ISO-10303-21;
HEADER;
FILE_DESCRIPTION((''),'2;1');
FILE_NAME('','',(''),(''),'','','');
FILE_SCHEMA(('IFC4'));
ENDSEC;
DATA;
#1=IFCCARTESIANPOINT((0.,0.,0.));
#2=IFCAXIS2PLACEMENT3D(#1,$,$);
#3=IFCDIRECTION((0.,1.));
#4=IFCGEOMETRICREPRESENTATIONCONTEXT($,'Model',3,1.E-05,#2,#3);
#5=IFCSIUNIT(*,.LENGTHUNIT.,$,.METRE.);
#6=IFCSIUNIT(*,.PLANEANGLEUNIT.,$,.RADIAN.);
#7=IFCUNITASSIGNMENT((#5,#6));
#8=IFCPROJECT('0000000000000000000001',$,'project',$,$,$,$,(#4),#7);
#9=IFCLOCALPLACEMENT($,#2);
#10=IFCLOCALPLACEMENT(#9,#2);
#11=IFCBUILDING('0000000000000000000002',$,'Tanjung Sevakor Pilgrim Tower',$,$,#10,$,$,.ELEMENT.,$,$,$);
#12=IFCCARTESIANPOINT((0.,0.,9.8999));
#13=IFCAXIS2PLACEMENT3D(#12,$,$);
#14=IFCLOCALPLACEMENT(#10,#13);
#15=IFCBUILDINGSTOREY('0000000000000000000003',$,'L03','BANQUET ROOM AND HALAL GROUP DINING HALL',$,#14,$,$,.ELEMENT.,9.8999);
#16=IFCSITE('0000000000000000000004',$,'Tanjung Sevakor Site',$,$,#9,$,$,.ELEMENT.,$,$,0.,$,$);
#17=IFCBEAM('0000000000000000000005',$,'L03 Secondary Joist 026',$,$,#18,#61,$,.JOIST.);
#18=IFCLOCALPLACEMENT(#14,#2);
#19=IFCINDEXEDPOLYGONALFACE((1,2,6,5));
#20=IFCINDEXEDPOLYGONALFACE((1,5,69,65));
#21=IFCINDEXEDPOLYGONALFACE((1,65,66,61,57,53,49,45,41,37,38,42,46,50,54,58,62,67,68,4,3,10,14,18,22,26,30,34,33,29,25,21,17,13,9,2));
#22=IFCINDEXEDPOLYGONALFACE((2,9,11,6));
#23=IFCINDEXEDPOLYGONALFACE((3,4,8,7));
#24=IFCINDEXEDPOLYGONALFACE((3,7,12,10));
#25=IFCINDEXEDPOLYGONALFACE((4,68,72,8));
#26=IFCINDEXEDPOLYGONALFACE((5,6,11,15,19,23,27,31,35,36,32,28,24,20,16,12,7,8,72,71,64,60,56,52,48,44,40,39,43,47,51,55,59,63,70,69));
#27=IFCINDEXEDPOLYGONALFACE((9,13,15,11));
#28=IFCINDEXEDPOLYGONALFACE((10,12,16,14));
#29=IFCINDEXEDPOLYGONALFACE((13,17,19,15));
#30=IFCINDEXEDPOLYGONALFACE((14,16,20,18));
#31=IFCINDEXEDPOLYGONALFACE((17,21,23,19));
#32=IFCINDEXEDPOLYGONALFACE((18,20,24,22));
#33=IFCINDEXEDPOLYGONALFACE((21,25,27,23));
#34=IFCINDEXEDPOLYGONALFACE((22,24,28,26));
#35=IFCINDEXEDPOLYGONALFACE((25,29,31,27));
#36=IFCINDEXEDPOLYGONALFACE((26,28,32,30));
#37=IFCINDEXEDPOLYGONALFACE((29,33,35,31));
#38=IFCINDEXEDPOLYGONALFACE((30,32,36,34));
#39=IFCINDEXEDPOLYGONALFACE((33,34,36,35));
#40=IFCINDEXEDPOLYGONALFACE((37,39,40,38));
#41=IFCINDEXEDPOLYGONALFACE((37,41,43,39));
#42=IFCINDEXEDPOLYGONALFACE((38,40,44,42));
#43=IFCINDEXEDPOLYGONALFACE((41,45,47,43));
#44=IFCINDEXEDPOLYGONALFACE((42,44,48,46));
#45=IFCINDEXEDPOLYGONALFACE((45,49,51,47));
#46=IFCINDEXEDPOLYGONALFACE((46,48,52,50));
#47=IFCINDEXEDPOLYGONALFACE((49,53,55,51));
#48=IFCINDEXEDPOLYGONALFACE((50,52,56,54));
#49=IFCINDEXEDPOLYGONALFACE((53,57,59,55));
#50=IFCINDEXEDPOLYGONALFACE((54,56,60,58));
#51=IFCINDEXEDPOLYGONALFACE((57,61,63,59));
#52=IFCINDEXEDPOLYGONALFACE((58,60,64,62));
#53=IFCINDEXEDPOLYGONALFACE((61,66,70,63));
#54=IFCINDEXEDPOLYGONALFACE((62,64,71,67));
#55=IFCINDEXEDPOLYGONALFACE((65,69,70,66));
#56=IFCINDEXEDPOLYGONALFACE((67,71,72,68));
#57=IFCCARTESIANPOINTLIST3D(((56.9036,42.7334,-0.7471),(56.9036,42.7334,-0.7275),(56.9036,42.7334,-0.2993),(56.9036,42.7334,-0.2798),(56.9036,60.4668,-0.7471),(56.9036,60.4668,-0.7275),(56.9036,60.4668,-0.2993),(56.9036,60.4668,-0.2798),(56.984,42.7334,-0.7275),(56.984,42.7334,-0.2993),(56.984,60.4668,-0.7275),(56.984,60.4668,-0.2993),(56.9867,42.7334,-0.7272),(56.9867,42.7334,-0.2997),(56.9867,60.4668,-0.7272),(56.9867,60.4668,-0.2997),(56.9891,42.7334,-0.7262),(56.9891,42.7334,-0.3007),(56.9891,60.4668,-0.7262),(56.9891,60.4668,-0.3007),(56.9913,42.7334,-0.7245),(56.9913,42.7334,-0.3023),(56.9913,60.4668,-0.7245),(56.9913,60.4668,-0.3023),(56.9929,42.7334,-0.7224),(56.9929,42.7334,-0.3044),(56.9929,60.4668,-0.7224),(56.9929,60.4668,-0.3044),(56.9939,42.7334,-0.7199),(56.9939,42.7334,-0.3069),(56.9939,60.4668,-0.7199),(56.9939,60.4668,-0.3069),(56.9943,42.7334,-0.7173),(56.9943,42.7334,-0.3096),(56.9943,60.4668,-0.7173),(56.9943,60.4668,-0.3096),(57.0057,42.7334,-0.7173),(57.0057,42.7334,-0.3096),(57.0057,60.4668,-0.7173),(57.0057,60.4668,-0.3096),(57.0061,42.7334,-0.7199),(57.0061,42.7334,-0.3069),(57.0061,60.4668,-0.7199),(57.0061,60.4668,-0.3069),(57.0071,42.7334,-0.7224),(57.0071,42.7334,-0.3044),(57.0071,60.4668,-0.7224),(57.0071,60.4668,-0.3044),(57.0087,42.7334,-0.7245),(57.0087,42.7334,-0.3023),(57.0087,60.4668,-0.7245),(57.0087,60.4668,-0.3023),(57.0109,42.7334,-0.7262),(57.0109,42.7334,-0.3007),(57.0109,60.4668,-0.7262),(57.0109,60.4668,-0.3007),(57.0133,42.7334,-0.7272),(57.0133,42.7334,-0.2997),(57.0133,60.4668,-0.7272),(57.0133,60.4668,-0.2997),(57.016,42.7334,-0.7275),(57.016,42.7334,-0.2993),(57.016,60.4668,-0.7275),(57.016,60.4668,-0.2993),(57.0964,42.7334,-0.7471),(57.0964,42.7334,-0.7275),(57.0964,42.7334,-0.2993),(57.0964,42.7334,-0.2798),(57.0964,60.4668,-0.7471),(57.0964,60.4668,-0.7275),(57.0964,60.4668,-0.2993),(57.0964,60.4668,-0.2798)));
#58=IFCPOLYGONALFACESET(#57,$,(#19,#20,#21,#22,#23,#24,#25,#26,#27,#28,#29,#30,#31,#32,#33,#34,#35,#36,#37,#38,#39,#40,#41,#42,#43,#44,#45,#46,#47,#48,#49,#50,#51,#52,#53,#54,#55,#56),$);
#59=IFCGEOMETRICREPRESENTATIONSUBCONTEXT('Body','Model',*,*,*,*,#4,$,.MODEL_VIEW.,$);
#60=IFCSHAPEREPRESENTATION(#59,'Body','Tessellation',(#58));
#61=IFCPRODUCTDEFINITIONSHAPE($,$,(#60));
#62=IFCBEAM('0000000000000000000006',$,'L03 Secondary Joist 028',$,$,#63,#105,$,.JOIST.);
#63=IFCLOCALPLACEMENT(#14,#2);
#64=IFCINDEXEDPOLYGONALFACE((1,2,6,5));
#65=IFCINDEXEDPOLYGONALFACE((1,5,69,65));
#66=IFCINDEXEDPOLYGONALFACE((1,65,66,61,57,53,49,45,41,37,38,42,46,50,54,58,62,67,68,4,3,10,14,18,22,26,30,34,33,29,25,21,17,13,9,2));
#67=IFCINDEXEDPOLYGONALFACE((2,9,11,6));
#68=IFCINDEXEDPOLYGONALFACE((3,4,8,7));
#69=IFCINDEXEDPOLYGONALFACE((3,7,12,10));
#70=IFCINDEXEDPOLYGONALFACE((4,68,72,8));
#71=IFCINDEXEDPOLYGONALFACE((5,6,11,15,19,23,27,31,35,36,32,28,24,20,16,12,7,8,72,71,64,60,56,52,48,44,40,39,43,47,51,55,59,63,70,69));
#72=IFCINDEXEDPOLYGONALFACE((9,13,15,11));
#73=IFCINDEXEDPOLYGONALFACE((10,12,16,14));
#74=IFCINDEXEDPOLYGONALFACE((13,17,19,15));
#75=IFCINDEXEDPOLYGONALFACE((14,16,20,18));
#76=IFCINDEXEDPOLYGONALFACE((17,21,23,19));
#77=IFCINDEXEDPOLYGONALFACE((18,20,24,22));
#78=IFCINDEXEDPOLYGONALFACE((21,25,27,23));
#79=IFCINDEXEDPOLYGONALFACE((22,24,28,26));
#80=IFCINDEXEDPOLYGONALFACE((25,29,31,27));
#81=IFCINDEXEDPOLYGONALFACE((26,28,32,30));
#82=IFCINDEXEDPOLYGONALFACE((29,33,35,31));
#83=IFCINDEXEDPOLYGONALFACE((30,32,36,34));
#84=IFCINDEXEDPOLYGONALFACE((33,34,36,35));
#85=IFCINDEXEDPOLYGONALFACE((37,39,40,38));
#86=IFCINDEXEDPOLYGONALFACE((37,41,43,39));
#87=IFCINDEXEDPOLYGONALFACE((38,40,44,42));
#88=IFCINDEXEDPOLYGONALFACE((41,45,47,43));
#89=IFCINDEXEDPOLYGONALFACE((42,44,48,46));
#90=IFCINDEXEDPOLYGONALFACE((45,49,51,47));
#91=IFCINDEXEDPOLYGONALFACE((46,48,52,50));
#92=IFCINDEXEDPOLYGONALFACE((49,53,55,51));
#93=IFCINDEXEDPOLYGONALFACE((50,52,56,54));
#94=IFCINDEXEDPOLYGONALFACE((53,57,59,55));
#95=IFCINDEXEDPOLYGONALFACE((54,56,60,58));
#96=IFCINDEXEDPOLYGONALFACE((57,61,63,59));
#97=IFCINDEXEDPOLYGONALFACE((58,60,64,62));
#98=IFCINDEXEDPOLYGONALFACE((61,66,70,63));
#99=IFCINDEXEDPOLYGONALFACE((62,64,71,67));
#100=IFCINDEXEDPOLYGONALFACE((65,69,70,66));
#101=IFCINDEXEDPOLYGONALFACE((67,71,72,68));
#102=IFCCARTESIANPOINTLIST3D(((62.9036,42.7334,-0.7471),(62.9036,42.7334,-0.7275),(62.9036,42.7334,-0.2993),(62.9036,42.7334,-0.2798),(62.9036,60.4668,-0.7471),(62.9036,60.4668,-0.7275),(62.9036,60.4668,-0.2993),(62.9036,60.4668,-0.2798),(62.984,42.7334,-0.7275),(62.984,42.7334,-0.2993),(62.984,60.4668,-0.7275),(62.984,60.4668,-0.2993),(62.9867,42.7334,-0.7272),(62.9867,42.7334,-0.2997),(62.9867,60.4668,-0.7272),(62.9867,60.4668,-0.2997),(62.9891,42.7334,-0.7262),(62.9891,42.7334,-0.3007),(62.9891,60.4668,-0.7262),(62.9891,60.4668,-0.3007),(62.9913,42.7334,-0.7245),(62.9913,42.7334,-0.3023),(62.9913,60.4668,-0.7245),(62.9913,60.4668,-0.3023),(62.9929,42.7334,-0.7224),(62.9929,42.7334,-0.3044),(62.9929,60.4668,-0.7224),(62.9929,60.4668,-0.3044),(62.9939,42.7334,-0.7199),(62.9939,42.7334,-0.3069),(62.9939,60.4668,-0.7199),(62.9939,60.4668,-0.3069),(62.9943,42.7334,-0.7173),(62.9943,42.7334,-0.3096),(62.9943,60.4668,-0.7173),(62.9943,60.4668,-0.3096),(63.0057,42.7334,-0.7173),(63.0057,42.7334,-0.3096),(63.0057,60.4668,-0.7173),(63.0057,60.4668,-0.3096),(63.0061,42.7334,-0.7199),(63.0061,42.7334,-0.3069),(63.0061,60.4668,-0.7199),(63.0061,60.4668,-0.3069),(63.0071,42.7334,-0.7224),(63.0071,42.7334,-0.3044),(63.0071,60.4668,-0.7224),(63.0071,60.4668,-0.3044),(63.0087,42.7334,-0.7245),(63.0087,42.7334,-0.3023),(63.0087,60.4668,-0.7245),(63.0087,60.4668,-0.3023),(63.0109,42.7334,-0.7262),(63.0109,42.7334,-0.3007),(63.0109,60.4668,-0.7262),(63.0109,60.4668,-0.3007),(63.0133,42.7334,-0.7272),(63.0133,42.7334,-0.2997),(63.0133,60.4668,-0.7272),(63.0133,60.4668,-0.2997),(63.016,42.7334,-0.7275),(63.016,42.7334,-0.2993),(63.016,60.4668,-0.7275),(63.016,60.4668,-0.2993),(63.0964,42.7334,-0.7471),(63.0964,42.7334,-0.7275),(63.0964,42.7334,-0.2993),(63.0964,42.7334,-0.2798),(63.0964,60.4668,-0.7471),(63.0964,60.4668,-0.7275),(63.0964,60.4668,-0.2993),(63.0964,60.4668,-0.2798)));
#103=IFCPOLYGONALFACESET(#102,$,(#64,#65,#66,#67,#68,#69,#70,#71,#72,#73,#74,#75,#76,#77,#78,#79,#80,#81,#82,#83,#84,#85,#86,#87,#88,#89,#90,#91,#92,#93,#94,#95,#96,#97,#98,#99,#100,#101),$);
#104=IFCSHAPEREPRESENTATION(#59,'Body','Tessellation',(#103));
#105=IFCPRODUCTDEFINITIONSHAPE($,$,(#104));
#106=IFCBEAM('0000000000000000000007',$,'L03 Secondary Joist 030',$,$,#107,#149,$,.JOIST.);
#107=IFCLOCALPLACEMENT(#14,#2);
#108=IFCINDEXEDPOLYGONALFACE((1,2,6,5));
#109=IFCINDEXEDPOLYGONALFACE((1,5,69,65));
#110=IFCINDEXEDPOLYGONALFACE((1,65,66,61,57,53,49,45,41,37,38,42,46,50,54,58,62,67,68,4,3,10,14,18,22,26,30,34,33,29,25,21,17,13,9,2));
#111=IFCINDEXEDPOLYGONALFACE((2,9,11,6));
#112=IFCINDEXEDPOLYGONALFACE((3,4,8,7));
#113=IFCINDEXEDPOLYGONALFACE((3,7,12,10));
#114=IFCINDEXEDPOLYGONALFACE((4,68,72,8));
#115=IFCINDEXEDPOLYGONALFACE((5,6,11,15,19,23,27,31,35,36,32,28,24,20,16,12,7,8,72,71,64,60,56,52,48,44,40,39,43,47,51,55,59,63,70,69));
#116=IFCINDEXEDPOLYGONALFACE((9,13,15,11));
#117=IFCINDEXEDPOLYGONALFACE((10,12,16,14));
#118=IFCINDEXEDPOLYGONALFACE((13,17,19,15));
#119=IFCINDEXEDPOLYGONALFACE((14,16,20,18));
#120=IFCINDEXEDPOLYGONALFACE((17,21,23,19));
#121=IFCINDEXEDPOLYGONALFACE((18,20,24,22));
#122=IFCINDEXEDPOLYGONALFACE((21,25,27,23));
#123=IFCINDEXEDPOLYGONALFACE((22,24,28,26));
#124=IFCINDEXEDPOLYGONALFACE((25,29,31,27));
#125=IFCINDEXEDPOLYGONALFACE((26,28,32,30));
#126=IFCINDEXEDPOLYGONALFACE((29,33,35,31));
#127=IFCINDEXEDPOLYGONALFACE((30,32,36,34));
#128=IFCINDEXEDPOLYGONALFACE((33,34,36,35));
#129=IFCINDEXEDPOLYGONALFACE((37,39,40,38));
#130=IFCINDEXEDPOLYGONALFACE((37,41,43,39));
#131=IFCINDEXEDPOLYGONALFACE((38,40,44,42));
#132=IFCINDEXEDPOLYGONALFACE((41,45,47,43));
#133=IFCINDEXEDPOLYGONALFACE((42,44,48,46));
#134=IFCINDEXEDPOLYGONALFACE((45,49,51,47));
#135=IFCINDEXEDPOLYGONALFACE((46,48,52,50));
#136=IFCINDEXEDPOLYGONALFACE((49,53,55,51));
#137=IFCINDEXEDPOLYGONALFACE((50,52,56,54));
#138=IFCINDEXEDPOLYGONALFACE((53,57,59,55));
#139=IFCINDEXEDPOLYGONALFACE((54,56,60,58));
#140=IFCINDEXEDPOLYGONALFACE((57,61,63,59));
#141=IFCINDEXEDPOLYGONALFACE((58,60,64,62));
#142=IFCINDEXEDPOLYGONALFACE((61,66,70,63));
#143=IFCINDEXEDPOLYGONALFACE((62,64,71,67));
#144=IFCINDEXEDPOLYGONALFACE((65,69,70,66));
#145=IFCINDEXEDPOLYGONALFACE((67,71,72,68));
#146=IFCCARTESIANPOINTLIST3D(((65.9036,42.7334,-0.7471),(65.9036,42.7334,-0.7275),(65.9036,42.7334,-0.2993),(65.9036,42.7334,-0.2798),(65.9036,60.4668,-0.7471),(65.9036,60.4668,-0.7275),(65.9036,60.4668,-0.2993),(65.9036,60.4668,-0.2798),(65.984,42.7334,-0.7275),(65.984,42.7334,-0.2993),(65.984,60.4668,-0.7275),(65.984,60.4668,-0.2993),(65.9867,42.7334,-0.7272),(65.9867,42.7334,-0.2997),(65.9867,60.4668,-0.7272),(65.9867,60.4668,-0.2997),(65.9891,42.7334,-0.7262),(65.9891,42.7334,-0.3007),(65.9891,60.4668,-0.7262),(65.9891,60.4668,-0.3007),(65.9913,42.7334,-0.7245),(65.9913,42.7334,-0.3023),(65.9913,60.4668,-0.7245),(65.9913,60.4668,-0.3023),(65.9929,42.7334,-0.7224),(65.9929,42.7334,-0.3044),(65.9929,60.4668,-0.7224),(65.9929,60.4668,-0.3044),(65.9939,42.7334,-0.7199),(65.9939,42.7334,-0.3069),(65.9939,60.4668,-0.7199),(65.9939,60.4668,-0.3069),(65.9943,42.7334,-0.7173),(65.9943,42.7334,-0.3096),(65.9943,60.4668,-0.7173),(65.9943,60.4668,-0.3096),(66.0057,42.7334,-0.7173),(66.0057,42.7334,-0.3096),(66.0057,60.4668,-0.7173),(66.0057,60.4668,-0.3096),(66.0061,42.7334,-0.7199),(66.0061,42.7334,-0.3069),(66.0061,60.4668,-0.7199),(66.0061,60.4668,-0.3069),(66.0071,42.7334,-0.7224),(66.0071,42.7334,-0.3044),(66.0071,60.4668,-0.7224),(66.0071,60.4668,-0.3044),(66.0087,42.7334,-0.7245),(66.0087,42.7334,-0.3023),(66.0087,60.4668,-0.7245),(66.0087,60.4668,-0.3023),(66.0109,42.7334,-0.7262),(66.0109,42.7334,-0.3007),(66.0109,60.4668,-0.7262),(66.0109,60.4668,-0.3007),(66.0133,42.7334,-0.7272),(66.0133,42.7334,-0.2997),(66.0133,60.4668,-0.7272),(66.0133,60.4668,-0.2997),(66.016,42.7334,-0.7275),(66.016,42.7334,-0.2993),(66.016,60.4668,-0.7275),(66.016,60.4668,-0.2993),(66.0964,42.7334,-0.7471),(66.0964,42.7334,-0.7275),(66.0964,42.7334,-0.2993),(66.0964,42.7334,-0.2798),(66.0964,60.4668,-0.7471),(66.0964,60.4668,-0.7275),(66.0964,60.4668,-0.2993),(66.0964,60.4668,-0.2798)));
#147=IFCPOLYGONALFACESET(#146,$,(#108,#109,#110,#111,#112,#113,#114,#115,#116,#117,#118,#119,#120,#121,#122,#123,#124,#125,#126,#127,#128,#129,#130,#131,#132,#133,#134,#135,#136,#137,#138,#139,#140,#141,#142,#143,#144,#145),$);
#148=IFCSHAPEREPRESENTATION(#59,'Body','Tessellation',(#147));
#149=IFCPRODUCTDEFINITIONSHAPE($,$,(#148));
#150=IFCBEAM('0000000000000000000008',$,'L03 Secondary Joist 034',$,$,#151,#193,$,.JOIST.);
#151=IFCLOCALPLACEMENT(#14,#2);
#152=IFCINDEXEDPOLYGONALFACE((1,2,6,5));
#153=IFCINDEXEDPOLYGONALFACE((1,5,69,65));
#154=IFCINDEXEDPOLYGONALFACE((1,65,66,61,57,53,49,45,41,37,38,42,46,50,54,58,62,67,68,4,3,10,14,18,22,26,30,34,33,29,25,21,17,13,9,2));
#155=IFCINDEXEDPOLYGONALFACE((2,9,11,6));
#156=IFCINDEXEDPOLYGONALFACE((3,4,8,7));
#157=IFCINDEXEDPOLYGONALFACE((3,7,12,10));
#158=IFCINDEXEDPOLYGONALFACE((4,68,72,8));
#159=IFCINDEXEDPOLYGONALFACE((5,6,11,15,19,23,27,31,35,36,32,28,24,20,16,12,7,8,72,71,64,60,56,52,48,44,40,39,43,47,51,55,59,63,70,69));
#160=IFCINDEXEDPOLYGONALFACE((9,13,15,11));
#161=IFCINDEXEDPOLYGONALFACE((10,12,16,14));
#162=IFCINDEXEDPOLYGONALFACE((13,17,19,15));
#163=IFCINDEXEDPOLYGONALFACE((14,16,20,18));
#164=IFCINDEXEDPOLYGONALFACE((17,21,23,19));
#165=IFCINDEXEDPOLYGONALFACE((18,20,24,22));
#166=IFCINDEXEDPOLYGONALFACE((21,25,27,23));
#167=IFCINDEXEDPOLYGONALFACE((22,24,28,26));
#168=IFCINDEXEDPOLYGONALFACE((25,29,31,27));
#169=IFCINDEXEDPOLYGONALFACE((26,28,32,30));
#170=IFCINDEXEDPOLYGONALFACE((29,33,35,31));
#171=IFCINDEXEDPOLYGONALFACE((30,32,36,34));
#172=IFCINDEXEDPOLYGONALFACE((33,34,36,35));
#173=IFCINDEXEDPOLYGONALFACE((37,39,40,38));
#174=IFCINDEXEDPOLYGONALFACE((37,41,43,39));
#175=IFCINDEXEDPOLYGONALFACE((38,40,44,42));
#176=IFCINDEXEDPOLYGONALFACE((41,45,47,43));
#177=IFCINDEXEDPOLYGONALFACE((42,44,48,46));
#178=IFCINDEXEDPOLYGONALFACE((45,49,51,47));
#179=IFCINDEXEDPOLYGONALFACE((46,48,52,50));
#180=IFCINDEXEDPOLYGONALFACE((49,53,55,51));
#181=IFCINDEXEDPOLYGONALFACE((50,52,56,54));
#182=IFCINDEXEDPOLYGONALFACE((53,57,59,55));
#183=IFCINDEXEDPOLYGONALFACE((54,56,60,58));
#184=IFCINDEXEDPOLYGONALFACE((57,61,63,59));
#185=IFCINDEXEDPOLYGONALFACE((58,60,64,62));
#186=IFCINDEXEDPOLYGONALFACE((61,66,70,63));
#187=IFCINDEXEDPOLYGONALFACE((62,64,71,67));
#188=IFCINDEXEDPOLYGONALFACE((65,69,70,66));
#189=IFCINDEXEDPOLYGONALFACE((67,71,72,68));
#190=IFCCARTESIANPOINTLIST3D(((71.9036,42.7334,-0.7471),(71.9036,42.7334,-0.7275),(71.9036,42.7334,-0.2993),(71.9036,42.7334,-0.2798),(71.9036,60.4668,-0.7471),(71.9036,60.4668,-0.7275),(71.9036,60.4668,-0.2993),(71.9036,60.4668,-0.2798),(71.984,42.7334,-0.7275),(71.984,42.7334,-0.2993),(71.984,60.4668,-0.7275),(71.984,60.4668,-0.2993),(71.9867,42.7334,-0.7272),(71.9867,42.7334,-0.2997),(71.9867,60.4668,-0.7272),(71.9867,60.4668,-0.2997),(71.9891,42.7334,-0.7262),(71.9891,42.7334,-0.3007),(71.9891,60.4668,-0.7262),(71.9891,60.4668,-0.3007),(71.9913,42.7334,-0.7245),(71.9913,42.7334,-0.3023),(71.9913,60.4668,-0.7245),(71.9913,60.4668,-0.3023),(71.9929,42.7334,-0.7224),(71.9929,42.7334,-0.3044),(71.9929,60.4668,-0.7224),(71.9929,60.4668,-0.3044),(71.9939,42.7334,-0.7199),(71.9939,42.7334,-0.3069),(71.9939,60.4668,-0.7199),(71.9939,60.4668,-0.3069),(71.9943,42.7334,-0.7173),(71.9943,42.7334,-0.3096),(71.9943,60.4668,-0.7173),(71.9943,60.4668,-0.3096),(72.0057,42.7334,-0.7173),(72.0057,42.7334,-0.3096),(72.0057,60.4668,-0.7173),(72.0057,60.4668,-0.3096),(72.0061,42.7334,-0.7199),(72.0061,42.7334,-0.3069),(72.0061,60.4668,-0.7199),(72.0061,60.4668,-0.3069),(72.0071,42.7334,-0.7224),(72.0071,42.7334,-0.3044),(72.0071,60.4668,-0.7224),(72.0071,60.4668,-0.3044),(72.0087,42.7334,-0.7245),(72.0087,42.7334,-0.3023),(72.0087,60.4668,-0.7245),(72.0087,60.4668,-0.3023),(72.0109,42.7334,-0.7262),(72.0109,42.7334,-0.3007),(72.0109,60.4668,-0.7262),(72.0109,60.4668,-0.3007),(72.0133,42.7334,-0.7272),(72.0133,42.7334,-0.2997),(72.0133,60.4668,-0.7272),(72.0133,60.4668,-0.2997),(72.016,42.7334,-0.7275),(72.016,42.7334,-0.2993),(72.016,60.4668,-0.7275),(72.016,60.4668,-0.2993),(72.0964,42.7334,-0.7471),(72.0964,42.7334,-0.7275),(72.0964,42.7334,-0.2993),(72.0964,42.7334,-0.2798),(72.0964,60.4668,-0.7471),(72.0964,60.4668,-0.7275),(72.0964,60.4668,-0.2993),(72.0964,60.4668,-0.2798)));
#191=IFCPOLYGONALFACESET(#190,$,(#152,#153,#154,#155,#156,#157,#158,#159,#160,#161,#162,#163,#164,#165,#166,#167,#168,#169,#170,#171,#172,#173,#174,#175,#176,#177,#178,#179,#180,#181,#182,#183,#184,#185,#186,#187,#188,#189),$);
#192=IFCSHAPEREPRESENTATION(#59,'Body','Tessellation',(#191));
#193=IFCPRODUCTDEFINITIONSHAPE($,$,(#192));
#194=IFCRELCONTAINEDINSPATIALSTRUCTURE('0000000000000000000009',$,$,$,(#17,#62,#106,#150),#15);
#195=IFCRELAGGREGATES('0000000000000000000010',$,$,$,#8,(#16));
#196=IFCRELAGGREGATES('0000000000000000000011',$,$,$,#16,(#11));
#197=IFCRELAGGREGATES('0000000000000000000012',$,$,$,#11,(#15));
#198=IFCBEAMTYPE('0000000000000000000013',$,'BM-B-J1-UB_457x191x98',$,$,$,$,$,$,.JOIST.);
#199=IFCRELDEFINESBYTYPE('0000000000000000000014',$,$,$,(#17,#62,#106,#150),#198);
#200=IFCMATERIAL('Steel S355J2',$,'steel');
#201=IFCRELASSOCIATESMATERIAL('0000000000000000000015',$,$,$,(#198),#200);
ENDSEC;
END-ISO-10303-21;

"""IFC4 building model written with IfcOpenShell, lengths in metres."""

from ifc_helpers import new_model, si_unit, direction, frame, origin, origin_2d, place, context, subcontext, project, spatial, i_section, extrude, material, material_profile, profile_set, type_object, element, save


model = new_model("IFC4")

# Units and contexts
model_context = context("Model", 3, precision=1e-05, world=origin(), true_north=direction((0.0, 1.0)))
body_context = subcontext(model_context, "Body", "Model", "MODEL_VIEW")
ifc_project = project(units=[si_unit("LENGTHUNIT", "METRE"), si_unit("PLANEANGLEUNIT", "RADIAN")], contexts=[model_context])

# Site, building, storey
site_placement = place(None, origin())
site = spatial("IfcSite", under=ifc_project, at=site_placement, Name="Tanjung Sevakor Site", CompositionType="ELEMENT", RefElevation=0.0)
building_placement = place(site_placement, origin())
building = spatial("IfcBuilding", under=site, at=building_placement, Name="Tanjung Sevakor Pilgrim Tower", CompositionType="ELEMENT")
storey_placement = place(building_placement, frame((0.0, 0.0, 9.8999)))
storey = spatial("IfcBuildingStorey", under=building, at=storey_placement, Name="L03", Description="BANQUET ROOM AND HALAL GROUP DINING HALL", CompositionType="ELEMENT", Elevation=9.8999)

# Beams
ifc_material_1 = material(Name="Steel S355J2", Category="steel")
ifc_material_profile_1 = material_profile(ifc_material_1, i_section(OverallWidth=0.1929, OverallDepth=0.4673, WebThickness=0.0115, FlangeThickness=0.0195, FilletRadius=0.0103, at=origin_2d()))
ifc_profile_set_1 = profile_set([ifc_material_profile_1], Name="Steel S355J2")
beam_type_1 = type_object("IfcBeamType", Name="BM-B-J1-UB_457x191x98", PredefinedType="JOIST", material=ifc_profile_set_1)
for number, where, z_axis, x_axis, name in (
    (1, (57.0, 42.7334, -0.5134), (0.0, 1.0, 0.0), (-1.0, 0.0, 0.0), "L03 Secondary Joist 026"),
    (2, (63.0, 42.7334, -0.5134), (0.0, 1.0, 0.0), (-1.0, 0.0, 0.0), "L03 Secondary Joist 028"),
    (3, (66.0, 42.7334, -0.5134), (0.0, 1.0, 0.0), (-1.0, 0.0, 0.0), "L03 Secondary Joist 030"),
    (4, (72.0, 42.7334, -0.5134), (0.0, 1.0, 0.0), (-1.0, 0.0, 0.0), "L03 Secondary Joist 034"),
):
    element("IfcBeam", number, at=place(storey_placement, frame(where, z_axis=z_axis, x_axis=x_axis)), inside=storey, type_object=beam_type_1, Name=name, PredefinedType="JOIST", context=body_context, shape_type="SweptSolid", body=[
        extrude(i_section(OverallWidth=0.1929, OverallDepth=0.4673, WebThickness=0.0115, FlangeThickness=0.0195, FilletRadius=0.0103, at=origin_2d()), origin(), (0.0, 0.0, 1.0), 17.7334),
    ])

save(model, "model.ifc")
